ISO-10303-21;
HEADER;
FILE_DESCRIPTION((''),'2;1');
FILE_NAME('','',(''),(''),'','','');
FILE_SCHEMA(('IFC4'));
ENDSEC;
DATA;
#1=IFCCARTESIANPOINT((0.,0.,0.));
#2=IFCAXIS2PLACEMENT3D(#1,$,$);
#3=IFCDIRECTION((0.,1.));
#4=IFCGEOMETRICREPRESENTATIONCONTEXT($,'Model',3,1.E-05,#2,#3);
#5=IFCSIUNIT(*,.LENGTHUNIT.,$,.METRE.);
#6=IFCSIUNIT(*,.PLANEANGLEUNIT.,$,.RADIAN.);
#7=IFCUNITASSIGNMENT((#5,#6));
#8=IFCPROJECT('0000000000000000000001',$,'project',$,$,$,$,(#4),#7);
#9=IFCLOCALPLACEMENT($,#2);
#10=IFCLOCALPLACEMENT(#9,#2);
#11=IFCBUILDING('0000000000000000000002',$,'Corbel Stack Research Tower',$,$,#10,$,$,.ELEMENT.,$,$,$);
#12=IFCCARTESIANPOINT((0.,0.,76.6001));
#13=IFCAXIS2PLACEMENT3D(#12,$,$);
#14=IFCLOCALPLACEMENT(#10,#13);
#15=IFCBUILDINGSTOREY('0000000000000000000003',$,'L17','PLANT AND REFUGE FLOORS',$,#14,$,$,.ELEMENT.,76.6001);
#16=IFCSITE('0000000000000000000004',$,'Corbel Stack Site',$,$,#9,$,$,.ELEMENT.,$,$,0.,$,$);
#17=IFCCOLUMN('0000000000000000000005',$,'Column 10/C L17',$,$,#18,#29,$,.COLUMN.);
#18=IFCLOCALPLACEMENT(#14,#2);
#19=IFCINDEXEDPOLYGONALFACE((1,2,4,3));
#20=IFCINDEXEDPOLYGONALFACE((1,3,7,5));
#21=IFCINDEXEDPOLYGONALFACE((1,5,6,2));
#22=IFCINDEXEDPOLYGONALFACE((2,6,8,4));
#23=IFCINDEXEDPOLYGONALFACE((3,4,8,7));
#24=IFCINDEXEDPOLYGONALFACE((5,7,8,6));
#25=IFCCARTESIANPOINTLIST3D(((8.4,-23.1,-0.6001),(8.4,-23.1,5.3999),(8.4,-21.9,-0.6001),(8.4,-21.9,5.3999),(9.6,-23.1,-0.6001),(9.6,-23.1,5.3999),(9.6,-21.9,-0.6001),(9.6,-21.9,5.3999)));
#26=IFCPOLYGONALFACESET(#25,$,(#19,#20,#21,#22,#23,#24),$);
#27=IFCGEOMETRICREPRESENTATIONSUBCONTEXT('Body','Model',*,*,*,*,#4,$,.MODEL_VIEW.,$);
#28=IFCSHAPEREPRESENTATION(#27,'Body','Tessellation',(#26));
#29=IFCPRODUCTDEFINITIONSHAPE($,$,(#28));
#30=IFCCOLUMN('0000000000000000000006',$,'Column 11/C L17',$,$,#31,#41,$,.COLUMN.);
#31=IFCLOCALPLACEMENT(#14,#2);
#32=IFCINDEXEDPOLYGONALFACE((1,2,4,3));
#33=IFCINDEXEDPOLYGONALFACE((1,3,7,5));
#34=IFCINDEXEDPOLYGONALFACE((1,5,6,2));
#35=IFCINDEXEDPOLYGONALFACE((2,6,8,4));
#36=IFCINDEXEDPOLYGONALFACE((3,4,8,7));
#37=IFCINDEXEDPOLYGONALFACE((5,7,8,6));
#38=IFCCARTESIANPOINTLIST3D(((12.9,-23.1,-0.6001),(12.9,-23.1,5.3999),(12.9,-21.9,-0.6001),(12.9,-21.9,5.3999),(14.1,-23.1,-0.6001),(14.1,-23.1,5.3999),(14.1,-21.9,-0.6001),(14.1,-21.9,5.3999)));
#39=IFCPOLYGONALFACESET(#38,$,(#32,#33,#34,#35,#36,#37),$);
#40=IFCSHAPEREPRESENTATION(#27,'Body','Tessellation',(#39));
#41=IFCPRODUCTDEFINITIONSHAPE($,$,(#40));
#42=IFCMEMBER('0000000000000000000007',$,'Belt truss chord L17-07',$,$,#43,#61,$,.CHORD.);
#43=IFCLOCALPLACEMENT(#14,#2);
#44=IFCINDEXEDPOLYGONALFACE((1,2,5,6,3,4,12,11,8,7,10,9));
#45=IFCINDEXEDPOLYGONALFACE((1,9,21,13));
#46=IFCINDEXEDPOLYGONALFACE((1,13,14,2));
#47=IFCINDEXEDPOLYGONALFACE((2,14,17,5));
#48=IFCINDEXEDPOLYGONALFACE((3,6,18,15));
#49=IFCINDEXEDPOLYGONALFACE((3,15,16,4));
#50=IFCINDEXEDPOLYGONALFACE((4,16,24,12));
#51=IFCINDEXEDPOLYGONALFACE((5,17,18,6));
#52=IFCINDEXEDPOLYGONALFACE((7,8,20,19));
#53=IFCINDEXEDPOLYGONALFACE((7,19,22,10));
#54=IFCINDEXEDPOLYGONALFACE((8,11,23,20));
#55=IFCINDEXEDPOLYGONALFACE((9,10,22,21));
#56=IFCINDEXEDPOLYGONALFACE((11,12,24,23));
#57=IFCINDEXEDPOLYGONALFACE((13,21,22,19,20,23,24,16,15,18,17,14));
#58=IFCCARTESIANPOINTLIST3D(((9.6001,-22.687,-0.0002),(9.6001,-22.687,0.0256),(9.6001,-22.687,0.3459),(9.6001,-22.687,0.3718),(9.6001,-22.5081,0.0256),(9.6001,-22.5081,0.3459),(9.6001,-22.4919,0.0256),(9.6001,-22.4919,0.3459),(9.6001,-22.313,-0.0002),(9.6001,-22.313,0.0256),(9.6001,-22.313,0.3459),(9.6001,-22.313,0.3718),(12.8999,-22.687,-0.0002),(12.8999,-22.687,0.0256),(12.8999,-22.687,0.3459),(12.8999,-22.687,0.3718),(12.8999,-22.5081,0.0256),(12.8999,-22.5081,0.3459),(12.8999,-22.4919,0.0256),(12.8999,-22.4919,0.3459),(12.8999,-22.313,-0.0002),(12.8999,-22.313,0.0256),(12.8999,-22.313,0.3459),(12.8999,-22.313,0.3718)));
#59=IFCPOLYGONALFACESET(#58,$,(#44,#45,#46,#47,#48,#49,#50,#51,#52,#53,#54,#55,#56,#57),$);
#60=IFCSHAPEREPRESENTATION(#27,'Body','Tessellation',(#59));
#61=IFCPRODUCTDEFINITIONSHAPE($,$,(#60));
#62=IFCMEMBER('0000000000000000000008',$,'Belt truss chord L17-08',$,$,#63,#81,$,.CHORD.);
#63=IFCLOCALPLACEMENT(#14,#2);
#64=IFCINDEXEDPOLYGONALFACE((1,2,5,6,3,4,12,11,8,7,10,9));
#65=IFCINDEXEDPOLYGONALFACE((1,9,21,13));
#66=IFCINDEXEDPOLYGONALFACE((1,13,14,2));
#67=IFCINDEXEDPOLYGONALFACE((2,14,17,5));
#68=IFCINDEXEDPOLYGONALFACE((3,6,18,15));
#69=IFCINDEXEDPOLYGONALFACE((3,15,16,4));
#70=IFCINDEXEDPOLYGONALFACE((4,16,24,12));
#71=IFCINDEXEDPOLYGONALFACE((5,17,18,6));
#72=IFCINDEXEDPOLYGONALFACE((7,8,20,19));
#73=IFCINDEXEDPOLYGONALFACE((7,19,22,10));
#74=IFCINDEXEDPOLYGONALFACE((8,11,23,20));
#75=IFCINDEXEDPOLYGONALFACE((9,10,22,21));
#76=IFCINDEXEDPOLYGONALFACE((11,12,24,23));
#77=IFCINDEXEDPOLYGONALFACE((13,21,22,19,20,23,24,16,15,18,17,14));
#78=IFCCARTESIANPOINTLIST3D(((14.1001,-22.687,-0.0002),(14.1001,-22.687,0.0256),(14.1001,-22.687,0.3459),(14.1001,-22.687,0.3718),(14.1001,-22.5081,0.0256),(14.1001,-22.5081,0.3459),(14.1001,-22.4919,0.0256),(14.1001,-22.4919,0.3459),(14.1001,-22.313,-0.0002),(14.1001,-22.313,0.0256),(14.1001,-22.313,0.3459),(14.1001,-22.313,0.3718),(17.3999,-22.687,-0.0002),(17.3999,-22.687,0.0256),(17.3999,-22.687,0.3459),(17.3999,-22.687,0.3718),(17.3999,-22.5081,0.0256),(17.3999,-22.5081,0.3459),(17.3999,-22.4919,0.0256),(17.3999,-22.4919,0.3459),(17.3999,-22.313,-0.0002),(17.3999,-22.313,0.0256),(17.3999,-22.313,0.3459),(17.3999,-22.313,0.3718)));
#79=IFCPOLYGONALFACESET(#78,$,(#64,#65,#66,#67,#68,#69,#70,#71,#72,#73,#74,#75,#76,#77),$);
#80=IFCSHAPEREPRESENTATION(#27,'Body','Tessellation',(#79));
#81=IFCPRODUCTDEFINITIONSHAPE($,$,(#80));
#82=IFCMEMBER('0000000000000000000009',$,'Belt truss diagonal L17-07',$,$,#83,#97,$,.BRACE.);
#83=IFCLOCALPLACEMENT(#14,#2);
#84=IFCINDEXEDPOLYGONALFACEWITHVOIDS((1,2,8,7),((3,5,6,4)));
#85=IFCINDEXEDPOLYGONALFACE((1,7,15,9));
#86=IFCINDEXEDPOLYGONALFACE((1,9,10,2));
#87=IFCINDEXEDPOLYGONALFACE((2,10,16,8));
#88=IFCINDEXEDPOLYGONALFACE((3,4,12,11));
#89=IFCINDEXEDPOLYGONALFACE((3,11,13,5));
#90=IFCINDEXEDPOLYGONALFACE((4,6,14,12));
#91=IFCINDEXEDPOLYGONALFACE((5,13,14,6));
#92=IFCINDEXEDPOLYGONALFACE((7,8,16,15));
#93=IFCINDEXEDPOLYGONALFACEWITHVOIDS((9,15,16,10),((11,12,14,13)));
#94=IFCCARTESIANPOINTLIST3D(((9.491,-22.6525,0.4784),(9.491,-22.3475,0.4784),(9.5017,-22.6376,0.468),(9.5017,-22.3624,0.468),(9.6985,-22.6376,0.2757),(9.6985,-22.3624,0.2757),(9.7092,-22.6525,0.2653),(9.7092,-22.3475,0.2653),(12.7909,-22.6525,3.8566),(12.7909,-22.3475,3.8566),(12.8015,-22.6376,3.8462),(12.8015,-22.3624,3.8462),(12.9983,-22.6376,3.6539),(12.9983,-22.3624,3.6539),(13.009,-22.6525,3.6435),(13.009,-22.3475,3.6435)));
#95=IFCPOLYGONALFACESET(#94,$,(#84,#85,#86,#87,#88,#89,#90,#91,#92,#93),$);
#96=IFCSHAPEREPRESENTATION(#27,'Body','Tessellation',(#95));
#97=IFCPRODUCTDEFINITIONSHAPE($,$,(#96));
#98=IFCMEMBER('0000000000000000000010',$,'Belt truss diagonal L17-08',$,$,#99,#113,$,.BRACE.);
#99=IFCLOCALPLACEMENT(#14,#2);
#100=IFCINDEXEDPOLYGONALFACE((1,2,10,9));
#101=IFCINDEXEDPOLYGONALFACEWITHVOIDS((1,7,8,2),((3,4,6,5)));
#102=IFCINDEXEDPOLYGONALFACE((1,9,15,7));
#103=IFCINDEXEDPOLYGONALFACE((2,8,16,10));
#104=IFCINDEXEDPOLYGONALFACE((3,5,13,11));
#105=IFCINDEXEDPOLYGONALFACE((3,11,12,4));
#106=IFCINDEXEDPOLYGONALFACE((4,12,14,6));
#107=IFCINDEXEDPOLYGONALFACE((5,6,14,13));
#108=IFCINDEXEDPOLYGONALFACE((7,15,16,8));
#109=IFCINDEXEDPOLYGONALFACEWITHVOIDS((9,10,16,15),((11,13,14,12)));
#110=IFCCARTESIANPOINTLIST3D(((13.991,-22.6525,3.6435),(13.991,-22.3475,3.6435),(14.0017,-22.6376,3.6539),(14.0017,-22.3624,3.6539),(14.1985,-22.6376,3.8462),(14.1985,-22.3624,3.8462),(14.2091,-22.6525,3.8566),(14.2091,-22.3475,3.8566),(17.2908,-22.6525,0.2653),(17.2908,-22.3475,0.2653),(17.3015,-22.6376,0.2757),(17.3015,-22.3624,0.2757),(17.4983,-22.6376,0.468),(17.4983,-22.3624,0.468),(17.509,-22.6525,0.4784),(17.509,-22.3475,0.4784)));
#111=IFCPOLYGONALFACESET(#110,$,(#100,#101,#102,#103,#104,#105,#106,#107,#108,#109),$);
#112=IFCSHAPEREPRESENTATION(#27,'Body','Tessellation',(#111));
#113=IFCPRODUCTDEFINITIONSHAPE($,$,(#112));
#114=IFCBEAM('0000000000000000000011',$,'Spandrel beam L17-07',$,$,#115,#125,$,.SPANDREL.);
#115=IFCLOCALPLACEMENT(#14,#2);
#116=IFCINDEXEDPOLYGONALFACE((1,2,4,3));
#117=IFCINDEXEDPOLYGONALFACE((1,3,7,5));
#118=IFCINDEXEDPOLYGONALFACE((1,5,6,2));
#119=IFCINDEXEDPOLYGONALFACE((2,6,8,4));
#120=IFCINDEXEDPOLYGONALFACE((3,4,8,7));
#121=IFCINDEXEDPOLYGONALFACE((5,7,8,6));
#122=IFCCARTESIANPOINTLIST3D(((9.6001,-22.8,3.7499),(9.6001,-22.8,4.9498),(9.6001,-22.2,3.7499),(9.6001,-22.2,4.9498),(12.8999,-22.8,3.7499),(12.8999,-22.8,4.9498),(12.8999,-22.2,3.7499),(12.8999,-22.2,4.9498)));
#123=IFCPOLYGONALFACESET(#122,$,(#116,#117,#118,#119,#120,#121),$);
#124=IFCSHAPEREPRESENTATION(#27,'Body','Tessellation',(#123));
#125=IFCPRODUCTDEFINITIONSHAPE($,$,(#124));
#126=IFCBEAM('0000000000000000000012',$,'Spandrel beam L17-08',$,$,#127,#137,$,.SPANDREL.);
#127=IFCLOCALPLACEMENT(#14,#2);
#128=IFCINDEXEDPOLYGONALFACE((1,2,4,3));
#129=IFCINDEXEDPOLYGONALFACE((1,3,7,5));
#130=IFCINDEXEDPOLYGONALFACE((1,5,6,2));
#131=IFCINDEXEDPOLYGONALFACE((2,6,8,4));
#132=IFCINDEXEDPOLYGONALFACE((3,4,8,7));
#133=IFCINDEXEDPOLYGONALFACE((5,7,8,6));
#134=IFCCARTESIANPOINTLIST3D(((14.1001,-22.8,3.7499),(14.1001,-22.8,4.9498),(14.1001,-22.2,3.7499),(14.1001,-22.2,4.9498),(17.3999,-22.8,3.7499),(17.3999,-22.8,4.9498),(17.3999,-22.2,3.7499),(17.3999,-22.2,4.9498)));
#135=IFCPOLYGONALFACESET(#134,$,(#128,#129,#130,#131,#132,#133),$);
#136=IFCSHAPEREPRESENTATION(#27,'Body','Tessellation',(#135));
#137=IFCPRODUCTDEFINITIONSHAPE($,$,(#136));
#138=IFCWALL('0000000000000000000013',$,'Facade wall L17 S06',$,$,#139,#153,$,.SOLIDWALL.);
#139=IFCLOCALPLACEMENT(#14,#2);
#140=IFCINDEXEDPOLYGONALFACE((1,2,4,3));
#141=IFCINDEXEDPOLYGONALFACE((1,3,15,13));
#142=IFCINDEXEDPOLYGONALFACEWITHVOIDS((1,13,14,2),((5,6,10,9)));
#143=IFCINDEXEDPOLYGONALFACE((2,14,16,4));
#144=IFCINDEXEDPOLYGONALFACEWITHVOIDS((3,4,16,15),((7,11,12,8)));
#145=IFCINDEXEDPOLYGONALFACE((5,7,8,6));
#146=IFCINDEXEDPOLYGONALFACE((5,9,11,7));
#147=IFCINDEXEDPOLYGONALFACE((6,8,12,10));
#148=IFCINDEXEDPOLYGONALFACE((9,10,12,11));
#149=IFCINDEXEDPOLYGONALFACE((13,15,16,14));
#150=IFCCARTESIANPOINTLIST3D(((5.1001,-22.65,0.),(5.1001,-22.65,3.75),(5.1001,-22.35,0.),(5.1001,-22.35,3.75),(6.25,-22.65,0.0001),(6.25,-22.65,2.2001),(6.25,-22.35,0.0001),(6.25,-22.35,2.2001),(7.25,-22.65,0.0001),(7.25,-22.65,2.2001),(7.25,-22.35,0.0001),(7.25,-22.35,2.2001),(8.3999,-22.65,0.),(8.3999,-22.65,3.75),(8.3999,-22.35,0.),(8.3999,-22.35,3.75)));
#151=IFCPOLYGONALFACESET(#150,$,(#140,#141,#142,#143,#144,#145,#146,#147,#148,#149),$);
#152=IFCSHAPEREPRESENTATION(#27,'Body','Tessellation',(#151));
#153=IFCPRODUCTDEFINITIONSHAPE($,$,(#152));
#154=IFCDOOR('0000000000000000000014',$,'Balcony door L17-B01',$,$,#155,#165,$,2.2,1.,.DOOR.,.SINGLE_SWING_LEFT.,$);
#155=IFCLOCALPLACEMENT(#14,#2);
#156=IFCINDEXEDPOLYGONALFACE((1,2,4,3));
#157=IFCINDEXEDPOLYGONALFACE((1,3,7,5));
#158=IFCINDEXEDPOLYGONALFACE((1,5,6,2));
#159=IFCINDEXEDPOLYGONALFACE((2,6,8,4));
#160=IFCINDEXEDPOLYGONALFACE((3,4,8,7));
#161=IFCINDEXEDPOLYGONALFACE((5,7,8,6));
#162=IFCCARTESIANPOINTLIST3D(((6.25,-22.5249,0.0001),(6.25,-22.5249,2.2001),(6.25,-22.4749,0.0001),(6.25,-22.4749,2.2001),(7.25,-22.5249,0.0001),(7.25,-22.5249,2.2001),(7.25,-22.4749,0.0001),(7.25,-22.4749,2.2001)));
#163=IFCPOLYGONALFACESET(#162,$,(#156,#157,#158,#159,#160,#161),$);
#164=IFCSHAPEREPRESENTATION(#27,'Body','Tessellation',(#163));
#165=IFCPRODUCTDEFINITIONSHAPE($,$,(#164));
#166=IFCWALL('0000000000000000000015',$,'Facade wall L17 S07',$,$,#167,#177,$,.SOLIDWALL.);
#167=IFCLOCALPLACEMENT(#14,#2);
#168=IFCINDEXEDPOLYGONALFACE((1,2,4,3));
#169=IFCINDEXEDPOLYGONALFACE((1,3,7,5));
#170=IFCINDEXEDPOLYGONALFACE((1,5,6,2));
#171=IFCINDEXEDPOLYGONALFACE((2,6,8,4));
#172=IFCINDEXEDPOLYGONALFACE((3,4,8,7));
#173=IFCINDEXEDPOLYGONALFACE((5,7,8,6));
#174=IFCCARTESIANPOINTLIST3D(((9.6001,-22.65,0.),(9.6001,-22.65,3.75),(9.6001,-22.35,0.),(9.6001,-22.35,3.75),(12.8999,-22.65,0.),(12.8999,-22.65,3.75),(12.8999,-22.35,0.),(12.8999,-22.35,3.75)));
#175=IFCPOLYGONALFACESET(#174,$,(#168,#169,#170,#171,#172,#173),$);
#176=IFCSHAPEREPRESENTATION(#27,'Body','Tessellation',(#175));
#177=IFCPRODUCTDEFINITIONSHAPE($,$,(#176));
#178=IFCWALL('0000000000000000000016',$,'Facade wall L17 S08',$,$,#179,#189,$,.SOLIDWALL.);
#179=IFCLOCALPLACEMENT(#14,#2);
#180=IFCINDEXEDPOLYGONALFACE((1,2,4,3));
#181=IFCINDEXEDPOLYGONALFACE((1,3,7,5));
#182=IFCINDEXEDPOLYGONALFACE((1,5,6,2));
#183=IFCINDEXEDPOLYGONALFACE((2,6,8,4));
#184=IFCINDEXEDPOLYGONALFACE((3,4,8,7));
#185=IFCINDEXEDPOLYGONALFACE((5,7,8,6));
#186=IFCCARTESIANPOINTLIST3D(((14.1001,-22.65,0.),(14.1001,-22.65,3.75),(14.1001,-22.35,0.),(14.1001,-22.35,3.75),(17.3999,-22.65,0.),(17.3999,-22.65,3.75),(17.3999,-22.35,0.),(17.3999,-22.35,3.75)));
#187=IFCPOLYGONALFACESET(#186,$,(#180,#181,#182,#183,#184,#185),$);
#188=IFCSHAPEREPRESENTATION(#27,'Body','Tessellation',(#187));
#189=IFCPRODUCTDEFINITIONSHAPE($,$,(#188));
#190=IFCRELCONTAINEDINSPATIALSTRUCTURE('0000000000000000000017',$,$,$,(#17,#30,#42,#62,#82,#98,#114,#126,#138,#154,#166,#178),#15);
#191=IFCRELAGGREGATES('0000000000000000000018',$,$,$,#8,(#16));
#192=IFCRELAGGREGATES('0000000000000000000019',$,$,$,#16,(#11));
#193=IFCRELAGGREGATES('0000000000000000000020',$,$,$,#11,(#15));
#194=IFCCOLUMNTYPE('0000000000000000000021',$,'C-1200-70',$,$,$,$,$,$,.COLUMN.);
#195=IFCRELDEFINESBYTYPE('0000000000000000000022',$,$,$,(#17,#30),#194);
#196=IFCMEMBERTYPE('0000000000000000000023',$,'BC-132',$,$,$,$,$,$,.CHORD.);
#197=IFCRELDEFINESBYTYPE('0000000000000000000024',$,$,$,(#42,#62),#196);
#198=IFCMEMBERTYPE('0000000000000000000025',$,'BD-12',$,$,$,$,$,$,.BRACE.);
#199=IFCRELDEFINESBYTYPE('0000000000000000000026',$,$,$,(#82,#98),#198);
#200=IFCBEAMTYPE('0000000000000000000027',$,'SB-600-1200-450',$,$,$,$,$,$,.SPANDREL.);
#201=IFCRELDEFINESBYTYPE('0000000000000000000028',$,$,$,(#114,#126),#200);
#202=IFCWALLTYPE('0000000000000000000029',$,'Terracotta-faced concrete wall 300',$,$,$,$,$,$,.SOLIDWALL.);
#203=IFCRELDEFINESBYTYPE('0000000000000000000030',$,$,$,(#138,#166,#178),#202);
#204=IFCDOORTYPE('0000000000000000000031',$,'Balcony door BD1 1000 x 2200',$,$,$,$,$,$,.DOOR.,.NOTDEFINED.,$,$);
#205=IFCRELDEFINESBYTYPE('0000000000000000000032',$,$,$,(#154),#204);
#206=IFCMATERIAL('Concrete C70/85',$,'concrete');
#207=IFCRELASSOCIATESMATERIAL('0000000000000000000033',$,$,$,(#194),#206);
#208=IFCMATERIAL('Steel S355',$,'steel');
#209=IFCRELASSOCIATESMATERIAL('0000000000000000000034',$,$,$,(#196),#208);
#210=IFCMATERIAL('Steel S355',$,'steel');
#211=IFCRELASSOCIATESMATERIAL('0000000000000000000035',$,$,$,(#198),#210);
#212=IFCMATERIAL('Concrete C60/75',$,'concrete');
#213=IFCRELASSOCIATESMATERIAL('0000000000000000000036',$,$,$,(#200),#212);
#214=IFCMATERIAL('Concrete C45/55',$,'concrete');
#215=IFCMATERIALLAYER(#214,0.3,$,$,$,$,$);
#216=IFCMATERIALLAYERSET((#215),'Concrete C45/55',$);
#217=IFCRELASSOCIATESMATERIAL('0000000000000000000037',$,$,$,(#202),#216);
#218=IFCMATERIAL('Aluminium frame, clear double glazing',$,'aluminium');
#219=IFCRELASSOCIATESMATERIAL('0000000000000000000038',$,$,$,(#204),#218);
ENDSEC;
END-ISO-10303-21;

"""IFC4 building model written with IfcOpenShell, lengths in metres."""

from ifc_helpers import new_model, si_unit, direction, frame, frame_2d, origin, origin_2d, place, context, subcontext, project, spatial, rectangle, hollow_rectangle, i_section, extrude, material, layer, layer_set, material_profile, profile_set, type_object, element, fill, save


model = new_model("IFC4")

# Units and contexts
model_context = context("Model", 3, precision=1e-05, world=origin(), true_north=direction((0.0, 1.0)))
body_context = subcontext(model_context, "Body", "Model", "MODEL_VIEW")
ifc_project = project(units=[si_unit("LENGTHUNIT", "METRE"), si_unit("PLANEANGLEUNIT", "RADIAN")], contexts=[model_context])

# Site, building, storey
site_placement = place(None, origin())
site = spatial("IfcSite", under=ifc_project, at=site_placement, Name="Corbel Stack Site", CompositionType="ELEMENT", RefElevation=0.0)
building_placement = place(site_placement, origin())
building = spatial("IfcBuilding", under=site, at=building_placement, Name="Corbel Stack Research Tower", CompositionType="ELEMENT")
storey_placement = place(building_placement, frame((0.0, 0.0, 76.6001)))
storey = spatial("IfcBuildingStorey", under=building, at=storey_placement, Name="L17", Description="PLANT AND REFUGE FLOORS", CompositionType="ELEMENT", Elevation=76.6001)

# Columns
ifc_material_1 = material(Name="Concrete C70/85", Category="concrete")
ifc_material_profile_1 = material_profile(ifc_material_1, rectangle(XDim=1.2, YDim=1.2, at=origin_2d()), Name="RC 1200 x 1200")
ifc_profile_set_1 = profile_set([ifc_material_profile_1], Name="Concrete C70/85")
column_type = type_object("IfcColumnType", Name="C-1200-70", PredefinedType="COLUMN", material=ifc_profile_set_1)
for number, where, z_axis, x_axis, name in (
    (1, (9.0, -22.5, -0.6001), (0.0, 0.0, 1.0), (1.0, 0.0, 0.0), "Column 10/C L17"),
    (2, (13.5, -22.5, -0.6001), (0.0, 0.0, 1.0), (1.0, 0.0, 0.0), "Column 11/C L17"),
):
    element("IfcColumn", number, at=place(storey_placement, frame(where, z_axis=z_axis, x_axis=x_axis)), inside=storey, type_object=column_type, Name=name, PredefinedType="COLUMN", context=body_context, shape_type="SweptSolid", body=[
        extrude(rectangle(XDim=1.2, YDim=1.2, at=origin_2d()), origin(), (0.0, 0.0, 1.0), 6.0),
    ])

# Members
ifc_material_2 = material(Name="Steel S355", Category="steel")
ifc_material_profile_2 = material_profile(ifc_material_2, i_section(OverallWidth=0.374, OverallDepth=0.3721, WebThickness=0.0161, FlangeThickness=0.0259, at=origin_2d()), Name="W14x132")
ifc_profile_set_2 = profile_set([ifc_material_profile_2], Name="Steel S355")
member_type_1 = type_object("IfcMemberType", Name="BC-132", PredefinedType="CHORD", material=ifc_profile_set_2)
for number, where, z_axis, x_axis, name in (
    (3, (9.6001, -22.5, 0.1858), (1.0, 0.0, 0.0), (0.0, 1.0, 0.0), "Belt truss chord L17-07"),
    (4, (14.1001, -22.5, 0.1858), (1.0, 0.0, 0.0), (0.0, 1.0, 0.0), "Belt truss chord L17-08"),
):
    element("IfcMember", number, at=place(storey_placement, frame(where, z_axis=z_axis, x_axis=x_axis)), inside=storey, type_object=member_type_1, Name=name, PredefinedType="CHORD", context=body_context, shape_type="SweptSolid", body=[
        extrude(i_section(OverallWidth=0.374, OverallDepth=0.3721, WebThickness=0.0161, FlangeThickness=0.0259, at=origin_2d()), origin(), (0.0, 0.0, 1.0), 3.2998),
    ])
ifc_material_3 = material(Name="Steel S355", Category="steel")
ifc_material_profile_3 = material_profile(ifc_material_3, hollow_rectangle(XDim=0.3049, YDim=0.3049, WallThickness=0.0149, at=origin_2d()), Name="HSS12x12x5/8")
ifc_profile_set_3 = profile_set([ifc_material_profile_3], Name="Steel S355")
member_type_2 = type_object("IfcMemberType", Name="BD-12", PredefinedType="BRACE", material=ifc_profile_set_3)
for number, where, z_axis, x_axis, name in (
    (5, (9.6001, -22.5, 0.3718), (0.69876, 0.0, 0.715356), (0.0, 1.0, 0.0), "Belt truss diagonal L17-07"),
    (6, (17.3999, -22.5, 0.3718), (-0.69876, 0.0, 0.715356), (0.0, -1.0, 0.0), "Belt truss diagonal L17-08"),
):
    element("IfcMember", number, at=place(storey_placement, frame(where, z_axis=z_axis, x_axis=x_axis)), inside=storey, type_object=member_type_2, Name=name, PredefinedType="BRACE", context=body_context, shape_type="SweptSolid", body=[
        extrude(hollow_rectangle(XDim=0.3049, YDim=0.3049, WallThickness=0.0149, at=origin_2d()), origin(), (0.0, 0.0, 1.0), 4.7224),
    ])

# Beams
ifc_material_4 = material(Name="Concrete C60/75", Category="concrete")
ifc_material_profile_4 = material_profile(ifc_material_4, rectangle(XDim=0.6001, YDim=1.2, at=origin_2d()), Name="RC 600 x 1200")
ifc_profile_set_4 = profile_set([ifc_material_profile_4], Name="Concrete C60/75")
beam_type = type_object("IfcBeamType", Name="SB-600-1200-450", PredefinedType="SPANDREL", material=ifc_profile_set_4)
for number, where, z_axis, x_axis, name in (
    (7, (9.6001, -22.5, 4.3499), (1.0, 0.0, 0.0), (0.0, 1.0, 0.0), "Spandrel beam L17-07"),
    (8, (14.1001, -22.5, 4.3499), (1.0, 0.0, 0.0), (0.0, 1.0, 0.0), "Spandrel beam L17-08"),
):
    element("IfcBeam", number, at=place(storey_placement, frame(where, z_axis=z_axis, x_axis=x_axis)), inside=storey, type_object=beam_type, Name=name, PredefinedType="SPANDREL", context=body_context, shape_type="SweptSolid", body=[
        extrude(rectangle(XDim=0.6001, YDim=1.2, at=origin_2d()), origin(), (0.0, 0.0, 1.0), 3.2998),
    ])

# Wall, opening, door
ifc_material_5 = material(Name="Concrete C45/55", Category="concrete")
ifc_layer_1 = layer(ifc_material_5, 0.3)
ifc_layer_set_1 = layer_set([ifc_layer_1], Name="Concrete C45/55")
wall_type = type_object("IfcWallType", Name="Terracotta-faced concrete wall 300", PredefinedType="SOLIDWALL", material=ifc_layer_set_1)
wall_placement = place(storey_placement, frame((8.3999, -22.5, 0.0), z_axis=(0.0, 0.0, 1.0), x_axis=(-1.0, 0.0, 0.0)))
wall = element("IfcWall", 9, at=wall_placement, inside=storey, type_object=wall_type, Name="Facade wall L17 S06", PredefinedType="SOLIDWALL", context=body_context, shape_type="SweptSolid", body=[
    extrude(rectangle(XDim=3.2998, YDim=0.3, at=frame_2d((1.6499, 0.0))), origin(), (0.0, 0.0, 1.0), 3.75),
])
opening_placement = place(wall_placement, frame((1.1499, 0.0, 0.0)))
opening = element("IfcOpeningElement", 10, at=opening_placement, cuts=wall, PredefinedType="OPENING", context=body_context, shape_type="SweptSolid", body=[
    extrude(rectangle(XDim=1.0, YDim=2.2, at=frame_2d((0.5, 1.1001))), frame((0.0, 0.1599, 0.0), z_axis=(0.0, -1.0, 0.0), x_axis=(1.0, 0.0, 0.0)), (0.0, 0.0, 1.0), 0.3201),
])
ifc_material_6 = material(Name="Aluminium frame, clear double glazing", Category="aluminium")
door_type = type_object("IfcDoorType", Name="Balcony door BD1 1000 x 2200", OperationType="NOTDEFINED", PredefinedType="DOOR", material=ifc_material_6)
door_placement = place(opening_placement, origin())
door = element("IfcDoor", 11, at=door_placement, inside=storey, type_object=door_type, Name="Balcony door L17-B01", OperationType="SINGLE_SWING_LEFT", OverallHeight=2.2, OverallWidth=1.0, PredefinedType="DOOR", context=body_context, shape_type="SweptSolid", body=[
    extrude(rectangle(XDim=1.0, YDim=2.2, at=frame_2d((0.5, 1.1001))), frame((0.0, 0.0249, 0.0), z_axis=(0.0, -1.0, 0.0), x_axis=(1.0, 0.0, 0.0)), (0.0, 0.0, 1.0), 0.05),
])
fill(opening, door)

# Walls
for number, where, z_axis, x_axis, name in (
    (12, (12.8999, -22.5, 0.0), (0.0, 0.0, 1.0), (-1.0, 0.0, 0.0), "Facade wall L17 S07"),
    (13, (17.3999, -22.5, 0.0), (0.0, 0.0, 1.0), (-1.0, 0.0, 0.0), "Facade wall L17 S08"),
):
    element("IfcWall", number, at=place(storey_placement, frame(where, z_axis=z_axis, x_axis=x_axis)), inside=storey, type_object=wall_type, Name=name, PredefinedType="SOLIDWALL", context=body_context, shape_type="SweptSolid", body=[
        extrude(rectangle(XDim=3.2998, YDim=0.3, at=frame_2d((1.6499, 0.0))), origin(), (0.0, 0.0, 1.0), 3.75),
    ])

save(model, "model.ifc")
